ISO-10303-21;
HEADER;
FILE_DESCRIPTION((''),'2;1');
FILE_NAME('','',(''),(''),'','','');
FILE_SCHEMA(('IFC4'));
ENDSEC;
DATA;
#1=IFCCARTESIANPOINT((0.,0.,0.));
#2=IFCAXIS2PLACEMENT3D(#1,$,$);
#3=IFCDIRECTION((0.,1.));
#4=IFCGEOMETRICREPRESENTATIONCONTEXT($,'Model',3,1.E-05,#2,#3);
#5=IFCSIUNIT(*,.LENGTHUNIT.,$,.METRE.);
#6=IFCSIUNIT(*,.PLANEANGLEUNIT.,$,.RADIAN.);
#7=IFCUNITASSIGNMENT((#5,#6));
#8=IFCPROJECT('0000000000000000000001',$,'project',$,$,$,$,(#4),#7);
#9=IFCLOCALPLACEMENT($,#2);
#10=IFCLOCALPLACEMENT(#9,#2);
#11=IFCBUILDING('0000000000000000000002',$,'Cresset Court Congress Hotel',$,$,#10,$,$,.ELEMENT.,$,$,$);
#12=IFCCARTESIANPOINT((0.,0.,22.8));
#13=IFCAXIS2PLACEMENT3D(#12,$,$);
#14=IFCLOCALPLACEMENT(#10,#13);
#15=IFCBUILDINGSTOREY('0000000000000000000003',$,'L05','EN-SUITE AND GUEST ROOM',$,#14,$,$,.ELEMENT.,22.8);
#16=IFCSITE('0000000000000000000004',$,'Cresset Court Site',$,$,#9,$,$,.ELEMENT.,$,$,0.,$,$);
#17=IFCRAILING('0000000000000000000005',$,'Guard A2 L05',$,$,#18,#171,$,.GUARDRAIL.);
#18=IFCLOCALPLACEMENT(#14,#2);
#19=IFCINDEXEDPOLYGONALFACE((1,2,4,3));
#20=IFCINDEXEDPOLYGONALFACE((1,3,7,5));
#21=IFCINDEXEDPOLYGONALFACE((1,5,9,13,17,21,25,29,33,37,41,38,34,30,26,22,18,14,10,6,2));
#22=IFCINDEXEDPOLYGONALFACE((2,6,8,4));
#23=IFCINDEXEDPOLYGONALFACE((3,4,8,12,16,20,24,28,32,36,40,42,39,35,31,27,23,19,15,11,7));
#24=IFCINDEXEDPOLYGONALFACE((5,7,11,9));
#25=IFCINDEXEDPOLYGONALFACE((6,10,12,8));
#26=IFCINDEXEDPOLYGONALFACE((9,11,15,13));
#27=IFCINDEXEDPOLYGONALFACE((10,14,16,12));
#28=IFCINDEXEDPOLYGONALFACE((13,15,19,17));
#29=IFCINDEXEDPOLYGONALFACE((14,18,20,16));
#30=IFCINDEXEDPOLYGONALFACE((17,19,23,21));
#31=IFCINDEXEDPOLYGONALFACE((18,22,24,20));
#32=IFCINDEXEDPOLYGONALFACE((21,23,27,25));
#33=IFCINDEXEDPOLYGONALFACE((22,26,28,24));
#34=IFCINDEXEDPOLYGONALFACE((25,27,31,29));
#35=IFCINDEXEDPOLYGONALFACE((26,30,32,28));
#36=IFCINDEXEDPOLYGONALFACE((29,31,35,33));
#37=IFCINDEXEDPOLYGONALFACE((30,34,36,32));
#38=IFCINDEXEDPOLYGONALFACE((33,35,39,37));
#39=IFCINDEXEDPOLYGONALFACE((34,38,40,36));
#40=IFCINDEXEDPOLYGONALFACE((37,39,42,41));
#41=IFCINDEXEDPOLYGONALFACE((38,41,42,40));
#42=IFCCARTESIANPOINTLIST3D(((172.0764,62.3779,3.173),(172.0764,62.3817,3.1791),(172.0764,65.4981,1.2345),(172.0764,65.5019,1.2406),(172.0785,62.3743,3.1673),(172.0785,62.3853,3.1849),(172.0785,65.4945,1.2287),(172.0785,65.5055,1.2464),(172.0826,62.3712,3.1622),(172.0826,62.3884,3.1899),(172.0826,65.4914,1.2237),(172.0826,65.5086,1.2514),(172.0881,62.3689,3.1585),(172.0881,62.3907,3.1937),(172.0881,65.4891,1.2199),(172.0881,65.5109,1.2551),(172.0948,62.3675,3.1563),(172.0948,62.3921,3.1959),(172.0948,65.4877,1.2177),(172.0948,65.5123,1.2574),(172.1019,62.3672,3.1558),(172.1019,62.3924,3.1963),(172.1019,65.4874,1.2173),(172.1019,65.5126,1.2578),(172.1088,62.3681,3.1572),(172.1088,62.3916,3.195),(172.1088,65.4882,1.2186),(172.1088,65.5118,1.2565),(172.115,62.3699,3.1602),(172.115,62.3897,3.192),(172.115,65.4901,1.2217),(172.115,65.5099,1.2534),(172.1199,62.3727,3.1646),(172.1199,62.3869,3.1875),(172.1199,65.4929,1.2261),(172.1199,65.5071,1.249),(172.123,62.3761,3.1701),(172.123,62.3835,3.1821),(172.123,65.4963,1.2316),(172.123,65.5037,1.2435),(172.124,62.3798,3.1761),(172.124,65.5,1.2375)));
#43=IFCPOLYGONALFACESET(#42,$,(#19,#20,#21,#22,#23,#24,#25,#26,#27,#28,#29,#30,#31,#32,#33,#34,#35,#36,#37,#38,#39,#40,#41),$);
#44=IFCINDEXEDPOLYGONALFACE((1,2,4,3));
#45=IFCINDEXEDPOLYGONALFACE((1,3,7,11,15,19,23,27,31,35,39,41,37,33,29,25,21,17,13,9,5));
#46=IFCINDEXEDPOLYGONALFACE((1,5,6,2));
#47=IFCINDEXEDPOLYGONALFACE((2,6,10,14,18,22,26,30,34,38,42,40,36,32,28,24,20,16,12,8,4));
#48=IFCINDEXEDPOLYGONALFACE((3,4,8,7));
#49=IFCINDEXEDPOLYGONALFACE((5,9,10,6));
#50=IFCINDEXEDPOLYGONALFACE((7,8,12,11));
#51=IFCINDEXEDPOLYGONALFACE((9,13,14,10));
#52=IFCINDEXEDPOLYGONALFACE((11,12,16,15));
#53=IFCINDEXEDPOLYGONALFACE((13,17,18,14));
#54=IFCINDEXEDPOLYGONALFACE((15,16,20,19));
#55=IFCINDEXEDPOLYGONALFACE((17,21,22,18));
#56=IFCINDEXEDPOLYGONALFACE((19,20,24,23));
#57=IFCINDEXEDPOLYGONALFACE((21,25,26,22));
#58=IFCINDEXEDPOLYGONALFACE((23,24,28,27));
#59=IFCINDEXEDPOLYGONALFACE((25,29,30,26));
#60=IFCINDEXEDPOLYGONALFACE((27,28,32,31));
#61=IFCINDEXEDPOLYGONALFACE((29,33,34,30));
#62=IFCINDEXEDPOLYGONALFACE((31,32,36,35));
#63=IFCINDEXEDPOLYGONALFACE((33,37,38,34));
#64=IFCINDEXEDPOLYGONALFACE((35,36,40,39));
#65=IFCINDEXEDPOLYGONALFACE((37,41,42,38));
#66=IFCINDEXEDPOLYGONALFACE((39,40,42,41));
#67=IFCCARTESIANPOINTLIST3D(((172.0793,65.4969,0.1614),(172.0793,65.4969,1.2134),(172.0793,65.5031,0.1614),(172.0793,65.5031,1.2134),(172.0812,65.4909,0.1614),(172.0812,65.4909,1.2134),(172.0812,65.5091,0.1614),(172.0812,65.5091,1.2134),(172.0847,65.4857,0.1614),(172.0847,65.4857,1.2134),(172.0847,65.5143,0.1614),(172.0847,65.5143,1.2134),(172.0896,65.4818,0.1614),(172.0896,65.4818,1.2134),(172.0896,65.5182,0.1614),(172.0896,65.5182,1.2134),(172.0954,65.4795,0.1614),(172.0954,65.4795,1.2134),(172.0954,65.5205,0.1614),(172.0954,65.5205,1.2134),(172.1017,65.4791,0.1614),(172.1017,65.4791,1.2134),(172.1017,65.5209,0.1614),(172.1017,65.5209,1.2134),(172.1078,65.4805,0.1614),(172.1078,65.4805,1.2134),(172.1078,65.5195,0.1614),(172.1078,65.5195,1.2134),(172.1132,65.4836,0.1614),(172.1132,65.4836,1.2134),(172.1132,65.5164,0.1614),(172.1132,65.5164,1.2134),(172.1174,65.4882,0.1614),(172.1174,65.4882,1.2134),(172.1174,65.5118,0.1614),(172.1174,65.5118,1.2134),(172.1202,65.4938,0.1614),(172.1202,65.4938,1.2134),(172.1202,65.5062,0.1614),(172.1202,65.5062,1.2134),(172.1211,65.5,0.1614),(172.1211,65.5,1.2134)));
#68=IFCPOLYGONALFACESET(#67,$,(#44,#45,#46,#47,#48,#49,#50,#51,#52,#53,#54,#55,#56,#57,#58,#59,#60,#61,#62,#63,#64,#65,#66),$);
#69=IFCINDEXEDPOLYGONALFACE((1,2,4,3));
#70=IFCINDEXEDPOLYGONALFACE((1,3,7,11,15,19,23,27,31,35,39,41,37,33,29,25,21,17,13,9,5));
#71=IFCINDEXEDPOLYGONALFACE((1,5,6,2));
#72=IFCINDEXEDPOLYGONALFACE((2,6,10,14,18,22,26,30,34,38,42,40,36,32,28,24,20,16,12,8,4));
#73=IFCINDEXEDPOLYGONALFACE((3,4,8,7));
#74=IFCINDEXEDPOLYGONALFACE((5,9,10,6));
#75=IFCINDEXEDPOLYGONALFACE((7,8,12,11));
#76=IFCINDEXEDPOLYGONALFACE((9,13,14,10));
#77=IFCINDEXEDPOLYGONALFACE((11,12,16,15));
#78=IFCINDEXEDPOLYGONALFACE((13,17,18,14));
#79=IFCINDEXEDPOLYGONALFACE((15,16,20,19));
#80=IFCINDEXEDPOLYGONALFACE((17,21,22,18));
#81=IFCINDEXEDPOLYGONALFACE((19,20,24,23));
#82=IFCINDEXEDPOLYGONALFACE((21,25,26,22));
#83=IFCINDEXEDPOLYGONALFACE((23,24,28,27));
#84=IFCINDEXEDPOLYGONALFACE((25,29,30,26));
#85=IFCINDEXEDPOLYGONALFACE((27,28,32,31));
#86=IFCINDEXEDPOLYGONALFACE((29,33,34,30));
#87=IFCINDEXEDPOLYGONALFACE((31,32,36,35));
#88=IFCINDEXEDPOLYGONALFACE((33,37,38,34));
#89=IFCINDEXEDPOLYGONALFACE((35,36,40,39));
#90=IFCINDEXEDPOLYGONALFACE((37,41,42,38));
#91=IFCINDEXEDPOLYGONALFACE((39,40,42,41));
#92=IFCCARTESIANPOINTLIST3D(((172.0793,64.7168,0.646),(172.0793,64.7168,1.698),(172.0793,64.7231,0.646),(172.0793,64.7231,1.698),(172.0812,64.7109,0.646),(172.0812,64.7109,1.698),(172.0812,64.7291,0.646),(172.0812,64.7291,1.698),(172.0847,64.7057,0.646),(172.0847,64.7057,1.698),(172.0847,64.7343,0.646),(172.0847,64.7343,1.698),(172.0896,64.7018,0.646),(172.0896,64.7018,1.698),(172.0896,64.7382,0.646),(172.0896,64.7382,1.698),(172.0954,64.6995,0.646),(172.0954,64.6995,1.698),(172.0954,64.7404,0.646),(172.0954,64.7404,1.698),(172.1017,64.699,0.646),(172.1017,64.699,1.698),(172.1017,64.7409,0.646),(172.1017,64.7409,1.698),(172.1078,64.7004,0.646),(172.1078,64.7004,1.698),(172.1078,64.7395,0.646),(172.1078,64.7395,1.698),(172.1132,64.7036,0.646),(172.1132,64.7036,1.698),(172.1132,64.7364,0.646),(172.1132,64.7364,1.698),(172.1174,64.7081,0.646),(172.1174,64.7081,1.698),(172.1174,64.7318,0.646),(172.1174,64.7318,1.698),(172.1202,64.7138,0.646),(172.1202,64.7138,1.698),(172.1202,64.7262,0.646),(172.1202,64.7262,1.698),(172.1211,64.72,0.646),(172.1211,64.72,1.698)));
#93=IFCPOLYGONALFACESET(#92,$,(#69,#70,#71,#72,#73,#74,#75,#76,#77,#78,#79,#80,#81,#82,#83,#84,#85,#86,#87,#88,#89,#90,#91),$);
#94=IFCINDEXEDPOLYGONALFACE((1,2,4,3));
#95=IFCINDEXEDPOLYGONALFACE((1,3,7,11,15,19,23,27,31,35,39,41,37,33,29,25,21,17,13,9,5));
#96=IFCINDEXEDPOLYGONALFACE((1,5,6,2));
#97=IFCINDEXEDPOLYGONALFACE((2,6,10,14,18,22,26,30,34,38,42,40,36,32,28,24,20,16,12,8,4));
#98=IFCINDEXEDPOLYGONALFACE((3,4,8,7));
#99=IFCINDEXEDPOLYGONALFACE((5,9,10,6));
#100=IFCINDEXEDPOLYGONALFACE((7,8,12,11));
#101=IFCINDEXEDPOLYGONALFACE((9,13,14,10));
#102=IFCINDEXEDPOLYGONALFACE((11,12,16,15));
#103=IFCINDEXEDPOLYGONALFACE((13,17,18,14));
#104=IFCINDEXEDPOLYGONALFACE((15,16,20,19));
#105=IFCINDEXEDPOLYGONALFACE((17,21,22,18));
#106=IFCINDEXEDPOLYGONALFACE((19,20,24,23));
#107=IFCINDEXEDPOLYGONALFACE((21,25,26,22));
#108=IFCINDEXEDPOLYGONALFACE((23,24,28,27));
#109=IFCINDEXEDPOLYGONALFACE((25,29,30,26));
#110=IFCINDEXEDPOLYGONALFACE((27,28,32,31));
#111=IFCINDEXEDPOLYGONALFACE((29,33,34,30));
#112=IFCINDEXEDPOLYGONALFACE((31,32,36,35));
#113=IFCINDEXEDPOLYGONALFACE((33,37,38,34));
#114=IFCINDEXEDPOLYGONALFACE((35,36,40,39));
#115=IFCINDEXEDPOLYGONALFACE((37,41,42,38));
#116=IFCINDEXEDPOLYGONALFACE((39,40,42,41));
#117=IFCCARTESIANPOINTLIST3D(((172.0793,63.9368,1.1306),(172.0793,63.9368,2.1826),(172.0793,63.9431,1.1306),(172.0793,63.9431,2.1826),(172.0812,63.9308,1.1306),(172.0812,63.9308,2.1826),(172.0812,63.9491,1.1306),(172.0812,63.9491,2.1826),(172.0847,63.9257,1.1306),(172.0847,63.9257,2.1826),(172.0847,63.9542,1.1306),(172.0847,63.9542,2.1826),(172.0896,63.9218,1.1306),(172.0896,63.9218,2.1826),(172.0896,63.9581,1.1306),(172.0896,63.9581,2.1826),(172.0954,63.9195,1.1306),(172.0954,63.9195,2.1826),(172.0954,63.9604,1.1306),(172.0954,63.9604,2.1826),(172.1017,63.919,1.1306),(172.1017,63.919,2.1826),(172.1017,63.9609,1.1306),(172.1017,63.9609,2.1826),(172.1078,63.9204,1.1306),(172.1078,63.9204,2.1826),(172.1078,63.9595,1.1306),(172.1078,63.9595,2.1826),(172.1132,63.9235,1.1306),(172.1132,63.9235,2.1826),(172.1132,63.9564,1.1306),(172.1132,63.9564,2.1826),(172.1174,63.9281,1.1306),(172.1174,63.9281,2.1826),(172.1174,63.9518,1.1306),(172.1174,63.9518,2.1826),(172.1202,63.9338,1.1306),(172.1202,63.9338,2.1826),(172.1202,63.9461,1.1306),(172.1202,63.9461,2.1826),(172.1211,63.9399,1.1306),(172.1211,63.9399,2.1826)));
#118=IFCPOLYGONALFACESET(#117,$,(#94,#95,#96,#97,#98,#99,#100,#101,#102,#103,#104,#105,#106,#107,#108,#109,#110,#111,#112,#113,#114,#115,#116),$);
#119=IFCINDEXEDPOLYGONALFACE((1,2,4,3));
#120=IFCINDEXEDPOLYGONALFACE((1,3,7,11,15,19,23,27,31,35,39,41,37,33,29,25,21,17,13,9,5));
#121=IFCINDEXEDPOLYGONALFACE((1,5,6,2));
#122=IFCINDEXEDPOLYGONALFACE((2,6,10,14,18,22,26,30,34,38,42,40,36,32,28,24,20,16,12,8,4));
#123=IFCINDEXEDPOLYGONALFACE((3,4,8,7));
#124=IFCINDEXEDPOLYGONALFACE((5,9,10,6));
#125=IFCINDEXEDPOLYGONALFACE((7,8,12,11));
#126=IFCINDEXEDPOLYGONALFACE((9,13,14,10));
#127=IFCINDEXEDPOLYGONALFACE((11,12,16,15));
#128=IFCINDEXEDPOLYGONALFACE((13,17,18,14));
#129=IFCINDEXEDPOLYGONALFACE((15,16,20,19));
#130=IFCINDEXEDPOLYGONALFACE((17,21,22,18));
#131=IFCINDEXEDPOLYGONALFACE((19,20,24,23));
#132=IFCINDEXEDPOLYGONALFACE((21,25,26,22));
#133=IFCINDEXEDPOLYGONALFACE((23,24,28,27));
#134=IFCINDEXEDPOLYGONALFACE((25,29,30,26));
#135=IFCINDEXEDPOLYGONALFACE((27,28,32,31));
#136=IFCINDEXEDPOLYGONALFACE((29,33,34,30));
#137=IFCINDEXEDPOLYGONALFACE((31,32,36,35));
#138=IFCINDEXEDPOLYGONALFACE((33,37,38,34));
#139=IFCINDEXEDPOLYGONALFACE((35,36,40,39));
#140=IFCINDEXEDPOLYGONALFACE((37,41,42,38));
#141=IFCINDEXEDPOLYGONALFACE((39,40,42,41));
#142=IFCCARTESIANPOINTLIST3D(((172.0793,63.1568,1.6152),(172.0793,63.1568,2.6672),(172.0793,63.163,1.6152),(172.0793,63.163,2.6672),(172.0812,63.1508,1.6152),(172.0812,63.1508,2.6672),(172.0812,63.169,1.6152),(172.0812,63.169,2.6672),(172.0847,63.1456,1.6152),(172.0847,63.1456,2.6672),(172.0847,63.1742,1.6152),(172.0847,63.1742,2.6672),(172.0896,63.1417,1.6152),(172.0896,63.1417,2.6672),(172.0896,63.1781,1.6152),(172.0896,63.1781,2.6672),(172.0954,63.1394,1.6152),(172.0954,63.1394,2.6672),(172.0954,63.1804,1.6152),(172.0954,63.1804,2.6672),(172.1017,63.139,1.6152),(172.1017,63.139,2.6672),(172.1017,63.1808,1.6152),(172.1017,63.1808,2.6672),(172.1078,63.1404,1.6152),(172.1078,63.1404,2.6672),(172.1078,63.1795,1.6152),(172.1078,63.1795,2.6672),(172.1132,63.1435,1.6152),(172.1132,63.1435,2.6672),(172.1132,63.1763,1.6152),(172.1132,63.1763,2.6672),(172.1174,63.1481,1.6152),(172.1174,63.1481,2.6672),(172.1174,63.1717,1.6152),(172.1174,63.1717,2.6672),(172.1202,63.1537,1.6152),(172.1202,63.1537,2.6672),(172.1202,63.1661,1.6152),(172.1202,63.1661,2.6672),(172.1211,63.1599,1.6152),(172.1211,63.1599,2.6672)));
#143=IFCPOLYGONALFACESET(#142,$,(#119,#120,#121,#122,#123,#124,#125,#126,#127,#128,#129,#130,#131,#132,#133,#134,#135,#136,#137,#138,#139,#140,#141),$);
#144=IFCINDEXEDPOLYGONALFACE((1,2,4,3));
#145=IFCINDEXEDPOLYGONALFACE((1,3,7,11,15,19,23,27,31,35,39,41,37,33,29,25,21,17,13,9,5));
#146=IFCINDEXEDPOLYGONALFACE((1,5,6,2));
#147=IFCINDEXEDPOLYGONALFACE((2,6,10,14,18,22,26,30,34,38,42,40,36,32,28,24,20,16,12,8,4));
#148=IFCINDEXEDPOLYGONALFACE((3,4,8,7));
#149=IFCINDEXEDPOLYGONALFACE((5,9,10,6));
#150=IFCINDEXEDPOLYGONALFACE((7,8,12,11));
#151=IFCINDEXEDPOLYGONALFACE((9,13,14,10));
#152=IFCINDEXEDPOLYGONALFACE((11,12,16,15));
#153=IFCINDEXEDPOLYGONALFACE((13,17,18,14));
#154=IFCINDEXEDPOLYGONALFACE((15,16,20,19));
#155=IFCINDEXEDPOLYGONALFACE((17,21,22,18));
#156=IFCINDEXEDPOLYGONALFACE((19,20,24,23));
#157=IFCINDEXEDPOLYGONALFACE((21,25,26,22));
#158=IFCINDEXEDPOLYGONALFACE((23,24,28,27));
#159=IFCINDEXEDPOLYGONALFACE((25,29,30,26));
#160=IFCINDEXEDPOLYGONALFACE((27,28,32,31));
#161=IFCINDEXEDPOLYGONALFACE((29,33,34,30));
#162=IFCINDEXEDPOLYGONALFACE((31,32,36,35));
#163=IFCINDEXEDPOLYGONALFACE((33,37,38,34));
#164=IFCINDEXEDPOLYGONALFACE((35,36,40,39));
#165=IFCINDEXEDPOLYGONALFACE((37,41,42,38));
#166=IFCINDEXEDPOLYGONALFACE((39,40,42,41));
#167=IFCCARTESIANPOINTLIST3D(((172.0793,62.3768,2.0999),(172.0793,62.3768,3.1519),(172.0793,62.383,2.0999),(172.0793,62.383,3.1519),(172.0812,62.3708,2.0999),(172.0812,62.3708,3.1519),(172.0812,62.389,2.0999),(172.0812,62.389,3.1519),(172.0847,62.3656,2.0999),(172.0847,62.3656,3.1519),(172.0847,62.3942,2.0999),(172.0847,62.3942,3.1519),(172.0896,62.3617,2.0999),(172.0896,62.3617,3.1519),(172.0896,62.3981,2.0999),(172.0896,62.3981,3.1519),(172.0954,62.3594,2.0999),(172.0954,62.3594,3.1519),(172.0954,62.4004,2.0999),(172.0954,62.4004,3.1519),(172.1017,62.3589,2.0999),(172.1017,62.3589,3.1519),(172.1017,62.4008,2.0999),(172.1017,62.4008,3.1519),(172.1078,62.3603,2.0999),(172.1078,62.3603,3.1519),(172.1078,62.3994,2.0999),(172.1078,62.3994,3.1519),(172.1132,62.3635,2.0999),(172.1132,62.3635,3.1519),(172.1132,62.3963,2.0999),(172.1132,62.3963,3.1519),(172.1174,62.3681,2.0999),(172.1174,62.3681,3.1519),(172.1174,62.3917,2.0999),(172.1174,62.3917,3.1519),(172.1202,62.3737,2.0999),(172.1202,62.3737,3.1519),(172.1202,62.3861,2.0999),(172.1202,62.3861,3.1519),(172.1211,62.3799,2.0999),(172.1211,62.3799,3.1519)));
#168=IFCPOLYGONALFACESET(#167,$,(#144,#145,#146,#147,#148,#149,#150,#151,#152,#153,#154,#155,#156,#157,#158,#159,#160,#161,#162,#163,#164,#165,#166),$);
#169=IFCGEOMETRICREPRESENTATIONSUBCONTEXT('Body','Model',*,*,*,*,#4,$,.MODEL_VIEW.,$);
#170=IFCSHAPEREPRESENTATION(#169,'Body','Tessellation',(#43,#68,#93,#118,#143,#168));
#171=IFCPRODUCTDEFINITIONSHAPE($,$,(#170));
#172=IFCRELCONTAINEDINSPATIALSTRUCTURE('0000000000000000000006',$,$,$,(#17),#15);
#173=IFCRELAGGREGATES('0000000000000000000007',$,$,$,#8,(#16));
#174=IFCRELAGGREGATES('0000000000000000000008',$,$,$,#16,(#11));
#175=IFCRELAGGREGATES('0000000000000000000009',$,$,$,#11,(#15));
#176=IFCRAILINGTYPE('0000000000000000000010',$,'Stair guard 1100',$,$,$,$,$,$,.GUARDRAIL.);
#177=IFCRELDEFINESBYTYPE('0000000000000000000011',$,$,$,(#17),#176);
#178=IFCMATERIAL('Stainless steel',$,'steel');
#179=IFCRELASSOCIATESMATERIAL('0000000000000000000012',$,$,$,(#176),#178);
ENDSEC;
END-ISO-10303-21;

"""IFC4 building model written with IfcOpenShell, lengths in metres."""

from ifc_helpers import new_model, si_unit, direction, frame, origin, origin_2d, place, context, subcontext, project, spatial, circle, extrude, material, type_object, element, save


model = new_model("IFC4")

# Units and contexts
model_context = context("Model", 3, precision=1e-05, world=origin(), true_north=direction((0.0, 1.0)))
body_context = subcontext(model_context, "Body", "Model", "MODEL_VIEW")
ifc_project = project(units=[si_unit("LENGTHUNIT", "METRE"), si_unit("PLANEANGLEUNIT", "RADIAN")], contexts=[model_context])

# Site, building, storey
site_placement = place(None, origin())
site = spatial("IfcSite", under=ifc_project, at=site_placement, Name="Cresset Court Site", CompositionType="ELEMENT", RefElevation=0.0)
building_placement = place(site_placement, origin())
building = spatial("IfcBuilding", under=site, at=building_placement, Name="Cresset Court Congress Hotel", CompositionType="ELEMENT")
storey_placement = place(building_placement, frame((0.0, 0.0, 22.8)))
storey = spatial("IfcBuildingStorey", under=building, at=storey_placement, Name="L05", Description="EN-SUITE AND GUEST ROOM", CompositionType="ELEMENT", Elevation=22.8)

# Railing
ifc_material_1 = material(Name="Stainless steel", Category="steel")
railing_type_1 = type_object("IfcRailingType", Name="Stair guard 1100", PredefinedType="GUARDRAIL", material=ifc_material_1)
railing_placement = place(storey_placement, frame((172.1001, 65.5, 0.1614)))
element("IfcRailing", 1, at=railing_placement, inside=storey, type_object=railing_type_1, Name="Guard A2 L05", PredefinedType="GUARDRAIL", context=body_context, shape_type="SweptSolid", body=[
    extrude(circle(Radius=0.0239, at=origin_2d()), frame((0.0, 0.0, 1.0762), z_axis=(0.0, -0.849414, 0.527727), x_axis=(1.0, 0.0, 0.0)), (0.0, 0.0, 1.0), 3.6733),
    extrude(circle(Radius=0.021, at=origin_2d()), origin(), (0.0, 0.0, 1.0), 1.052),
    extrude(circle(Radius=0.021, at=origin_2d()), frame((0.0, -0.78, 0.4846)), (0.0, 0.0, 1.0), 1.052),
    extrude(circle(Radius=0.021, at=origin_2d()), frame((0.0, -1.5601, 0.9692)), (0.0, 0.0, 1.0), 1.052),
    extrude(circle(Radius=0.021, at=origin_2d()), frame((0.0, -2.3401, 1.4539)), (0.0, 0.0, 1.0), 1.052),
    extrude(circle(Radius=0.021, at=origin_2d()), frame((0.0, -3.1201, 1.9385)), (0.0, 0.0, 1.0), 1.052),
])

save(model, "model.ifc")
